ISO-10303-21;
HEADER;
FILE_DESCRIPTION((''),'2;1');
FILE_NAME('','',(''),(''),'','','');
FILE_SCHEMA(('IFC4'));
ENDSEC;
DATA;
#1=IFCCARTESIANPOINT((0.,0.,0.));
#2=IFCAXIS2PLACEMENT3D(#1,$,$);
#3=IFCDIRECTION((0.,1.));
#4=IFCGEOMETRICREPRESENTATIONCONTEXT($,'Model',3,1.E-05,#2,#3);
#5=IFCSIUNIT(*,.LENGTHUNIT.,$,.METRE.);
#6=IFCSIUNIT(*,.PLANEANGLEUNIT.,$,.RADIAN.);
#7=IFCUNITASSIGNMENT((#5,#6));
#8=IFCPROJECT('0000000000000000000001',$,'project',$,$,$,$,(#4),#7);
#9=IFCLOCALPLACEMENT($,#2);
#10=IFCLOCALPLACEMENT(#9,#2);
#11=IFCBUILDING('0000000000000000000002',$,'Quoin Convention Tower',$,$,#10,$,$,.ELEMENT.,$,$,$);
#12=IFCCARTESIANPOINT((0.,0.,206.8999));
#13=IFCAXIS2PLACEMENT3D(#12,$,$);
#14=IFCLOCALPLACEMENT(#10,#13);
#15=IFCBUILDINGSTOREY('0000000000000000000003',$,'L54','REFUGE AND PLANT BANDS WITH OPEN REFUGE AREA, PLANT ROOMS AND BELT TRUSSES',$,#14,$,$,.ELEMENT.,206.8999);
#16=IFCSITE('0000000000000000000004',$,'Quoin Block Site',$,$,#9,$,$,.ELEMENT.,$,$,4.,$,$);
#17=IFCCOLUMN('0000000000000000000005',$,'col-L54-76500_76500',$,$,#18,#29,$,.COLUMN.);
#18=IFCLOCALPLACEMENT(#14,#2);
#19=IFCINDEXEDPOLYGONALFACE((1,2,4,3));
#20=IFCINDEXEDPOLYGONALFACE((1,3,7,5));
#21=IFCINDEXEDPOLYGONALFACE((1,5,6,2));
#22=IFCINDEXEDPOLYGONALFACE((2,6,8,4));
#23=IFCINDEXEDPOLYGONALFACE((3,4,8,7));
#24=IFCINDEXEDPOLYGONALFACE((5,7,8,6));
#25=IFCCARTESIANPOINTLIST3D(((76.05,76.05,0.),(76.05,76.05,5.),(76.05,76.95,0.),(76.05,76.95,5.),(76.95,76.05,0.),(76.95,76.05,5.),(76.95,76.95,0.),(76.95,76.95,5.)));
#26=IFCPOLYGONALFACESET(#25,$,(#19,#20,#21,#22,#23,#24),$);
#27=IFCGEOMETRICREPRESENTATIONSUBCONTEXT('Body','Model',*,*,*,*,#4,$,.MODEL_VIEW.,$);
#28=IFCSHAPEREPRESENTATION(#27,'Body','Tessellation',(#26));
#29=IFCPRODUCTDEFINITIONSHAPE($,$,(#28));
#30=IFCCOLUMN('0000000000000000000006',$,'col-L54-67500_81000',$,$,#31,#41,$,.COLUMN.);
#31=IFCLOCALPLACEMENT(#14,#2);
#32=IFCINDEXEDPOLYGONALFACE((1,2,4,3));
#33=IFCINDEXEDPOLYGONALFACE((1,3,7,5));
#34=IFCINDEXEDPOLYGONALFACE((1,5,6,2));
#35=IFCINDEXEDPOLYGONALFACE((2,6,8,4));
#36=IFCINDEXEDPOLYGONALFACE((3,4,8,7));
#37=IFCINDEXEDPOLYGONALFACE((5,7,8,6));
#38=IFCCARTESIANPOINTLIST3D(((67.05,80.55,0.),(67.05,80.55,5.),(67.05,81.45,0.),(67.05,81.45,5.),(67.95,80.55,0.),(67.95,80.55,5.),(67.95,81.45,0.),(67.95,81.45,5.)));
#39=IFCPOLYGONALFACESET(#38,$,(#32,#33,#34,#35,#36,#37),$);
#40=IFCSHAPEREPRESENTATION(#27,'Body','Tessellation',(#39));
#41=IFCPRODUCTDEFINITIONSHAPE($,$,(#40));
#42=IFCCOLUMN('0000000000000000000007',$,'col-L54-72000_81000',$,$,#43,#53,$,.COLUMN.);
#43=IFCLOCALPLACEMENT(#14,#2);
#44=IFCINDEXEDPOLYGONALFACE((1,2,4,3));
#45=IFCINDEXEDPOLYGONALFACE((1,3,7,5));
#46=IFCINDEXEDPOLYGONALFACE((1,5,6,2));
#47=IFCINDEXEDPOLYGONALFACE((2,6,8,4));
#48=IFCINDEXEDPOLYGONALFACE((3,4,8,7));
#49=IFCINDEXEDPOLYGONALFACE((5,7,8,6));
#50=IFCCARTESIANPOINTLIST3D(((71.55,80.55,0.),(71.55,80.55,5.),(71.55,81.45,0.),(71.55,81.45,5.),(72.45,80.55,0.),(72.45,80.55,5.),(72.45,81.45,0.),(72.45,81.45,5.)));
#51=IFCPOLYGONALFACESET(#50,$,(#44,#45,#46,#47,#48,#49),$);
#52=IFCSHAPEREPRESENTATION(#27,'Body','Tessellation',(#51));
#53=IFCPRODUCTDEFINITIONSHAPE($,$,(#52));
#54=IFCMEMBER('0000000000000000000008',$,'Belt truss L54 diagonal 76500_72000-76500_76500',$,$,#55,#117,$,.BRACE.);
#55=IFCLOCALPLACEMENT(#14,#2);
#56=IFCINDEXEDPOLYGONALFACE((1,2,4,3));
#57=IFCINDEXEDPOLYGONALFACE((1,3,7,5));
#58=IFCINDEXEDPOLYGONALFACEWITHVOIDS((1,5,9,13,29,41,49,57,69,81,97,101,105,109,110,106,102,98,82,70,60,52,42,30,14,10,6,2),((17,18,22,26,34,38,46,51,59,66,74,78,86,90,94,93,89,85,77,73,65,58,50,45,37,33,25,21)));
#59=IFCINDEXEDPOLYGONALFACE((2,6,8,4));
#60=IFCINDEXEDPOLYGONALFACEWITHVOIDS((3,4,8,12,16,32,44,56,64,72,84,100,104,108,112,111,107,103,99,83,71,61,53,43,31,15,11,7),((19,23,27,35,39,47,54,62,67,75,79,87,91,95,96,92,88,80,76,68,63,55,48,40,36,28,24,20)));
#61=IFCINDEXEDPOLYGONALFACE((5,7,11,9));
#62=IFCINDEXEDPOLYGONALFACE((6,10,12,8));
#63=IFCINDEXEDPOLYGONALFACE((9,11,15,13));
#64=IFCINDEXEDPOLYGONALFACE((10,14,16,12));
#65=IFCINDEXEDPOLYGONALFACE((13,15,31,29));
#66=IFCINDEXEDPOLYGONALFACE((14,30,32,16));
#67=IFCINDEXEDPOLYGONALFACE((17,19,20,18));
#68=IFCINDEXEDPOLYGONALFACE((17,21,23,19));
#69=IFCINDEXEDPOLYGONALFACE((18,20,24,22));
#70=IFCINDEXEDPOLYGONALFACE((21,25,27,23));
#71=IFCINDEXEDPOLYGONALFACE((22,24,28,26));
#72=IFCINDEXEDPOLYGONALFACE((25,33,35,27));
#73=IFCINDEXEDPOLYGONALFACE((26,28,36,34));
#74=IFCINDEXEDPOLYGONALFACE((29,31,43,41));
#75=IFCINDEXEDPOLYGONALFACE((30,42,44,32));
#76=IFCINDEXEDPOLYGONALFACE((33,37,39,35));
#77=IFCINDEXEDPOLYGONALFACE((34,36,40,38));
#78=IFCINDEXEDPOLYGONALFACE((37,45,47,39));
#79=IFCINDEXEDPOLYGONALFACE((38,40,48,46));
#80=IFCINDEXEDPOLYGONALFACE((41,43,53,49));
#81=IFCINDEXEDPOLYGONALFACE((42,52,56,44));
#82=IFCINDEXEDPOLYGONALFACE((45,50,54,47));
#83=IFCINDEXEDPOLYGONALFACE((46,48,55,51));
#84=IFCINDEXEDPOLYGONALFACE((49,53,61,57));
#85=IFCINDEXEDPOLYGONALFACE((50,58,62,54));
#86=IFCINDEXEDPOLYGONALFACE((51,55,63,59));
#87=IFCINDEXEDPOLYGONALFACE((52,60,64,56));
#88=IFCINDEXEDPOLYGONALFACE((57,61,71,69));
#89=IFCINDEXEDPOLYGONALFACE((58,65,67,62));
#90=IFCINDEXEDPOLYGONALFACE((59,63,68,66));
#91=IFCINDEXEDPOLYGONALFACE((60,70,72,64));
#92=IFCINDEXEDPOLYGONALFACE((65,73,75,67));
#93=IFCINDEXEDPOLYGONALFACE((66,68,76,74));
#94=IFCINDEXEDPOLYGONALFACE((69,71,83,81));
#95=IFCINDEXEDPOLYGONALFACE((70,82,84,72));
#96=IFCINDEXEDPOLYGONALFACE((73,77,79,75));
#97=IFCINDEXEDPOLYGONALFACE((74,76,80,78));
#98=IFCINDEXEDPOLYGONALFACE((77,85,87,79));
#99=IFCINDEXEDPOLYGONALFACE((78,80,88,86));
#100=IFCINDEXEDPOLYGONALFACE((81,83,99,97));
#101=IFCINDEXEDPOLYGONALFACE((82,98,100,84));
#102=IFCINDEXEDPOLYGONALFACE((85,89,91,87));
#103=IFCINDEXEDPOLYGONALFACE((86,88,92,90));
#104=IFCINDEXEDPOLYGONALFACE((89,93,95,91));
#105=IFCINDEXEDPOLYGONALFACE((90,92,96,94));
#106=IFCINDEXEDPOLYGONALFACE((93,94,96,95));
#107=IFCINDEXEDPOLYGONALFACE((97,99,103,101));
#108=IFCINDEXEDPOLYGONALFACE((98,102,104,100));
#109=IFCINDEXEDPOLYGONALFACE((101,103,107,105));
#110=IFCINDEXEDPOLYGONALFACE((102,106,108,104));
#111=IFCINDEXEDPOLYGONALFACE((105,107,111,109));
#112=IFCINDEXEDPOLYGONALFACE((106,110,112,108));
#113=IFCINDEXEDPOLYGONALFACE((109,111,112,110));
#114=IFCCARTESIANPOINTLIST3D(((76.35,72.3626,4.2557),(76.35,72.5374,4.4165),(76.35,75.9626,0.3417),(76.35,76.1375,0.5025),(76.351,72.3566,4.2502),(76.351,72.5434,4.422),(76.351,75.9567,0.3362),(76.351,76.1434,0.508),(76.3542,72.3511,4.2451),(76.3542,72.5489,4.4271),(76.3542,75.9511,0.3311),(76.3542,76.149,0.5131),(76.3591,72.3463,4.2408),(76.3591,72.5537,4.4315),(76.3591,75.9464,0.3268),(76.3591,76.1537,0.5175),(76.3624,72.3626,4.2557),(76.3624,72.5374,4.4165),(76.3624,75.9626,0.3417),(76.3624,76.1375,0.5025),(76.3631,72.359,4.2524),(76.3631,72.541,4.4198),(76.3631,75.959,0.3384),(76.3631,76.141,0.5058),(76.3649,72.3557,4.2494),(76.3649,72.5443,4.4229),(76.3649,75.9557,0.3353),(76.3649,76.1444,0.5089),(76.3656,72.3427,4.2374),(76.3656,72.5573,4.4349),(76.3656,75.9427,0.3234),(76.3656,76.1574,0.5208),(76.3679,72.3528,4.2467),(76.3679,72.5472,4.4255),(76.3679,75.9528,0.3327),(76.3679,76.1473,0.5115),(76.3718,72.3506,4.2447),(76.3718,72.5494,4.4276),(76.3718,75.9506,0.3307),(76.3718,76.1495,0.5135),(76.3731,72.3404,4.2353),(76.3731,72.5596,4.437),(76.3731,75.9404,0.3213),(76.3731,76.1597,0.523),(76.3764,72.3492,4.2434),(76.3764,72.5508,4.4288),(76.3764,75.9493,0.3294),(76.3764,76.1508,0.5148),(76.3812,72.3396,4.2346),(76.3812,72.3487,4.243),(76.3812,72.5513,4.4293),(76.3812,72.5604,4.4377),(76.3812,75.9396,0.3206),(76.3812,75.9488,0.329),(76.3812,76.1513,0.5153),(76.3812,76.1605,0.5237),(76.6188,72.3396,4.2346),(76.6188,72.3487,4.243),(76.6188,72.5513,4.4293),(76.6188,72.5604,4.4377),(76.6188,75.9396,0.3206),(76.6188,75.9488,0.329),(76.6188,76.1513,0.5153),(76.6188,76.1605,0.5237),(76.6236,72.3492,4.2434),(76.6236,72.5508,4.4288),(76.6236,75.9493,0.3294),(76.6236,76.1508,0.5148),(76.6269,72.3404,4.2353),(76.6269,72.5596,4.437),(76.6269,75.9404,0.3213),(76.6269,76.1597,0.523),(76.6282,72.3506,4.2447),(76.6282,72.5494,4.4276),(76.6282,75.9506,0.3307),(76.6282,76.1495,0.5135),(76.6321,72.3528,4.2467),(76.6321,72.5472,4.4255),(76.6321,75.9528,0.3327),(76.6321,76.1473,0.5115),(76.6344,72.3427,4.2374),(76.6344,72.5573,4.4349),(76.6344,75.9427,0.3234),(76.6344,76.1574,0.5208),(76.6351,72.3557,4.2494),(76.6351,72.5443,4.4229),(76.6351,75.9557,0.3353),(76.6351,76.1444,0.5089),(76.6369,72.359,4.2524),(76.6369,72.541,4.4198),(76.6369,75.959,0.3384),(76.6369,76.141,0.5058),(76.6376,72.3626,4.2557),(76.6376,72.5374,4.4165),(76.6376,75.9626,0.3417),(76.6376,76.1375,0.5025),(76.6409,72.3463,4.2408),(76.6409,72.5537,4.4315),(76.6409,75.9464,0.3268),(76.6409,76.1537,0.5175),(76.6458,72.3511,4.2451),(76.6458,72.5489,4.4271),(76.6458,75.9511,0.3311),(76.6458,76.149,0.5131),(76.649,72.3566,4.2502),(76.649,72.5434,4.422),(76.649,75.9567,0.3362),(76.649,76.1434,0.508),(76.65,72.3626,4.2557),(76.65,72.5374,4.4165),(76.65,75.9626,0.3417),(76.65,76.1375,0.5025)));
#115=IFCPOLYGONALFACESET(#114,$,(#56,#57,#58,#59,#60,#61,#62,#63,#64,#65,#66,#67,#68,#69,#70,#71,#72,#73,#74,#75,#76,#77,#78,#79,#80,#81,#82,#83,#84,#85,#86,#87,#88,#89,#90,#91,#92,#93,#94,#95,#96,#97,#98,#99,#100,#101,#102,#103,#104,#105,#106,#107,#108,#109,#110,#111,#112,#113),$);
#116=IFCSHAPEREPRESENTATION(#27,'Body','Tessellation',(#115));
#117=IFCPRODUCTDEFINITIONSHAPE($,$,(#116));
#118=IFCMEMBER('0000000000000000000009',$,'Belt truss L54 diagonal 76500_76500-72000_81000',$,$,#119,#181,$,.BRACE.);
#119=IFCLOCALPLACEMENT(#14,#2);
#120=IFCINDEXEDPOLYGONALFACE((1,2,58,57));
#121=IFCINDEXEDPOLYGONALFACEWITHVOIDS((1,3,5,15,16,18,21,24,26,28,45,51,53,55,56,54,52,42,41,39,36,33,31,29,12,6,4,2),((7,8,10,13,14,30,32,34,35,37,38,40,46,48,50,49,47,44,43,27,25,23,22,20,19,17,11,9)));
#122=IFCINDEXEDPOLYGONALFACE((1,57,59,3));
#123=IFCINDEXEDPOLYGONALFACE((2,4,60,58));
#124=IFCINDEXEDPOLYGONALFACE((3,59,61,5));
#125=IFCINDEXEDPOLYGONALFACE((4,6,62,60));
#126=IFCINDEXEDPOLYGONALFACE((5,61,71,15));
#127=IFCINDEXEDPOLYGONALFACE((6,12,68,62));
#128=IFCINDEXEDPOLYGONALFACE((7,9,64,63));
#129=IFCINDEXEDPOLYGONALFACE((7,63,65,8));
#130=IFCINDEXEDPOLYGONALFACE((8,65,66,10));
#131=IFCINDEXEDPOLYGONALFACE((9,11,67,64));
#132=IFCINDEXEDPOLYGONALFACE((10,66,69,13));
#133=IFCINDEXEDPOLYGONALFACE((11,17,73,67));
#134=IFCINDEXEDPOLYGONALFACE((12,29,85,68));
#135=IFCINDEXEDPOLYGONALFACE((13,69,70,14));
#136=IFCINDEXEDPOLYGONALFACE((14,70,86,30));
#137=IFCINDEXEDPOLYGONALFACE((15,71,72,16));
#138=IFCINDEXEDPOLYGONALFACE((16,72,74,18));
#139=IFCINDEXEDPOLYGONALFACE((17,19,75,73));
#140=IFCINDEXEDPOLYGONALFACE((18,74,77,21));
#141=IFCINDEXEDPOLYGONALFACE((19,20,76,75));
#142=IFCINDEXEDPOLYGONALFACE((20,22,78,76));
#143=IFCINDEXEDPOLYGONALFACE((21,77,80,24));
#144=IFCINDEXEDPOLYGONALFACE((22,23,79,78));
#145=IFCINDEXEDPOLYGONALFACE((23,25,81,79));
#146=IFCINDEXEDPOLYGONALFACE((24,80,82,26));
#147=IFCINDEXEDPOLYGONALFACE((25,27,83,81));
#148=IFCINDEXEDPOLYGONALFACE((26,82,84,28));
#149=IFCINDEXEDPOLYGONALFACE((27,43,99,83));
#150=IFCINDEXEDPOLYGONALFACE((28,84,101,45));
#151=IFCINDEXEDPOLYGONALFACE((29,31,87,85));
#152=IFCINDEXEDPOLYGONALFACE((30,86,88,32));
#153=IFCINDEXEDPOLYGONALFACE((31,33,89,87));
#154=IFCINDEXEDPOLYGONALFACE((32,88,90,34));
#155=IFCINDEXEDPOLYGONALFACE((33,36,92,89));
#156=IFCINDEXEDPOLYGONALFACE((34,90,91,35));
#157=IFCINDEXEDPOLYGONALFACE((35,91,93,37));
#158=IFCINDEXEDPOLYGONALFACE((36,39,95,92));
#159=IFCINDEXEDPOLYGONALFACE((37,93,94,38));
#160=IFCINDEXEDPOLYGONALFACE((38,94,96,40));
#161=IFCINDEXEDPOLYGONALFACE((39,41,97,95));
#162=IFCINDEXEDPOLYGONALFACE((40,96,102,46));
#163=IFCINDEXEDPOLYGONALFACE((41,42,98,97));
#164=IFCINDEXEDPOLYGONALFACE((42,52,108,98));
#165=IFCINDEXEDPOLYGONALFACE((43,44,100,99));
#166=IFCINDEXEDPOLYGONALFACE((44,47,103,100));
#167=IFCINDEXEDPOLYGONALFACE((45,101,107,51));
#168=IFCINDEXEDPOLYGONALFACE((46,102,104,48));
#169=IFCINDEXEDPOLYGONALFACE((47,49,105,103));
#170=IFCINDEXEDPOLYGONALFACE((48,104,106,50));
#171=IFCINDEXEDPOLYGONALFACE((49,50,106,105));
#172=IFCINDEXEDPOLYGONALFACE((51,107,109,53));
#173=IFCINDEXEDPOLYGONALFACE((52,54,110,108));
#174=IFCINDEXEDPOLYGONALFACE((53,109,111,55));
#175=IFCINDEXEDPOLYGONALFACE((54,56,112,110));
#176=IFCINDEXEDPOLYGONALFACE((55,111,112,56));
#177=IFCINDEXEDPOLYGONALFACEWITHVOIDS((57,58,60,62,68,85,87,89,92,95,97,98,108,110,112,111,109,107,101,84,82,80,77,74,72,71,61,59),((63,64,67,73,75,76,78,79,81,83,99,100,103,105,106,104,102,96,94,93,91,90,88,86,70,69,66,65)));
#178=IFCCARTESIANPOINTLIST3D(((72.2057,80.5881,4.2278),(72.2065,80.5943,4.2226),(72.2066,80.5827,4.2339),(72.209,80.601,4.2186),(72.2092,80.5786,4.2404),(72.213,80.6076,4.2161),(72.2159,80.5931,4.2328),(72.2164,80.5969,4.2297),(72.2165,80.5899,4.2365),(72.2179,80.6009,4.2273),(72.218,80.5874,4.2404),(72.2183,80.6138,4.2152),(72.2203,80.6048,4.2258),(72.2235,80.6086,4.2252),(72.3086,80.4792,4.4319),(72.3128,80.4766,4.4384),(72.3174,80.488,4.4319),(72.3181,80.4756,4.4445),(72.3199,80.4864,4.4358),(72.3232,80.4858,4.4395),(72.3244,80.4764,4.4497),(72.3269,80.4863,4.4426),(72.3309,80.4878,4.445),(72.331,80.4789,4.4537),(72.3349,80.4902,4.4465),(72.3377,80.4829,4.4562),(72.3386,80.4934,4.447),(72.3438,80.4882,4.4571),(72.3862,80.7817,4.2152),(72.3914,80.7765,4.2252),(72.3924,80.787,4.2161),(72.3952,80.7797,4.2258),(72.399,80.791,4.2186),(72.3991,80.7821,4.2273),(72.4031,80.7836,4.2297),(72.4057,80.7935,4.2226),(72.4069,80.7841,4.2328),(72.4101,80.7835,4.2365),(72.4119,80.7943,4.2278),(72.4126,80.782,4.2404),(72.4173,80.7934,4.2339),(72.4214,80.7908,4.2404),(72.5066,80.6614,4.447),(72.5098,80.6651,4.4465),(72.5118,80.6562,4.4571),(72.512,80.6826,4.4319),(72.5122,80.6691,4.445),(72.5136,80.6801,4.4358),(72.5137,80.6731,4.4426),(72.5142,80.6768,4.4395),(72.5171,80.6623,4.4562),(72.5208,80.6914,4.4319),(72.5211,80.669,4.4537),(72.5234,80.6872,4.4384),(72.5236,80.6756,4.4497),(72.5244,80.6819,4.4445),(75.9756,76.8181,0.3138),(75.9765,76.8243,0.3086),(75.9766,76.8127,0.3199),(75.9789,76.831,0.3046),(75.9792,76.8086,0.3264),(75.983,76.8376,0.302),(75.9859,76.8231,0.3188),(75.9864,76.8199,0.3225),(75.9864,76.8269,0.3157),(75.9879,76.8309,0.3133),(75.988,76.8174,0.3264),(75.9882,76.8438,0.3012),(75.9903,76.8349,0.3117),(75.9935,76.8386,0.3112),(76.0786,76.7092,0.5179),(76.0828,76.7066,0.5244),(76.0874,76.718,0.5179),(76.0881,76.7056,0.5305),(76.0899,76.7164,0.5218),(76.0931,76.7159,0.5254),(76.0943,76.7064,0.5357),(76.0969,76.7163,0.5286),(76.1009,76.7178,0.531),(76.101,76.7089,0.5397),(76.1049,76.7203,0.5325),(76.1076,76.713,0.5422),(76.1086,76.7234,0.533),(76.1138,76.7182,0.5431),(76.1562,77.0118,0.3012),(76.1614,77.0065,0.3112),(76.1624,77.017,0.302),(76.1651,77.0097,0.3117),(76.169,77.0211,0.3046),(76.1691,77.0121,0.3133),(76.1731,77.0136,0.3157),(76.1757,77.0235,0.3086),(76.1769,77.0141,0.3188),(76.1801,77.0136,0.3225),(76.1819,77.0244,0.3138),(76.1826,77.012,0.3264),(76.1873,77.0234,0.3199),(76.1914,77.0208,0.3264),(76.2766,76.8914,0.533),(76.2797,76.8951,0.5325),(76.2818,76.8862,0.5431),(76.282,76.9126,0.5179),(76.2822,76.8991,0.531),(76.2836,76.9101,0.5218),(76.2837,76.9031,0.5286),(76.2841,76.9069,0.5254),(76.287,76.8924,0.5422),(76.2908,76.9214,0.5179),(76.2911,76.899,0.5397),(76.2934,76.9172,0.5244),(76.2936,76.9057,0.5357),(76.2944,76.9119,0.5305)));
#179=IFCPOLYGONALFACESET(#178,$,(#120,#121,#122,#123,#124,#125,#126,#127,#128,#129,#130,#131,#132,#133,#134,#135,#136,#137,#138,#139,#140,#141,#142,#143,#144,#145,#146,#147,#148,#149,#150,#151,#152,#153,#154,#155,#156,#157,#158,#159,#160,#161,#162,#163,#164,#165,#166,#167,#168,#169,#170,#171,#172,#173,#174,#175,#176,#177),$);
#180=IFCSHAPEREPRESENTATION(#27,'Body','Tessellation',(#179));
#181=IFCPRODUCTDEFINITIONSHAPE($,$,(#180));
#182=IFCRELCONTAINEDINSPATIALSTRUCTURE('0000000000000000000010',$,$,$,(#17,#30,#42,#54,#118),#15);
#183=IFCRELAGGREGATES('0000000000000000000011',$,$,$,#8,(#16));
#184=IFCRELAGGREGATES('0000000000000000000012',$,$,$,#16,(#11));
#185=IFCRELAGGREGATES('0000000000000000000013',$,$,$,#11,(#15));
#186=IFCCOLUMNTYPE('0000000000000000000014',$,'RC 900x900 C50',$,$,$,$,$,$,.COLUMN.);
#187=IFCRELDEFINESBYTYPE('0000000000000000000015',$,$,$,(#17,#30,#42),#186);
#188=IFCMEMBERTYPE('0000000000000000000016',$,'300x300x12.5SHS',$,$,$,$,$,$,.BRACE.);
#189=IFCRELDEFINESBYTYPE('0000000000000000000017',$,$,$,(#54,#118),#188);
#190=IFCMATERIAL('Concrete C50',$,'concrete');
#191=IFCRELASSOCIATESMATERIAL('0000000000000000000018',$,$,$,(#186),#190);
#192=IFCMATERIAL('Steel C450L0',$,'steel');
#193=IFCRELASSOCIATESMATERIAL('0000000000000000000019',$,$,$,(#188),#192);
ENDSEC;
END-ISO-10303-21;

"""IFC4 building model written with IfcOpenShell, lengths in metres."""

from ifc_helpers import new_model, si_unit, direction, frame, origin, origin_2d, place, context, subcontext, project, spatial, rectangle, hollow_rectangle, extrude, material, material_profile, profile_set, type_object, element, save


model = new_model("IFC4")

# Units and contexts
model_context = context("Model", 3, precision=1e-05, world=origin(), true_north=direction((0.0, 1.0)))
body_context = subcontext(model_context, "Body", "Model", "MODEL_VIEW")
ifc_project = project(units=[si_unit("LENGTHUNIT", "METRE"), si_unit("PLANEANGLEUNIT", "RADIAN")], contexts=[model_context])

# Site, building, storey
site_placement = place(None, origin())
site = spatial("IfcSite", under=ifc_project, at=site_placement, Name="Quoin Block Site", CompositionType="ELEMENT", RefElevation=4.0)
building_placement = place(site_placement, origin())
building = spatial("IfcBuilding", under=site, at=building_placement, Name="Quoin Convention Tower", CompositionType="ELEMENT")
storey_placement = place(building_placement, frame((0.0, 0.0, 206.8999)))
storey = spatial("IfcBuildingStorey", under=building, at=storey_placement, Name="L54", Description="REFUGE AND PLANT BANDS WITH OPEN REFUGE AREA, PLANT ROOMS AND BELT TRUSSES", CompositionType="ELEMENT", Elevation=206.8999)

# Columns
ifc_material_1 = material(Name="Concrete C50", Category="concrete")
ifc_material_profile_1 = material_profile(ifc_material_1, rectangle(XDim=0.8999, YDim=0.8999, at=origin_2d()), Name="RC 900x900")
ifc_profile_set_1 = profile_set([ifc_material_profile_1], Name="Concrete C50")
column_type = type_object("IfcColumnType", Name="RC 900x900 C50", PredefinedType="COLUMN", material=ifc_profile_set_1)
for number, where, z_axis, x_axis, name in (
    (1, (76.5, 76.5, 0.0), (0.0, 0.0, 1.0), (1.0, 0.0, 0.0), "col-L54-76500_76500"),
    (2, (67.5, 81.0, 0.0), (0.0, 0.0, 1.0), (1.0, 0.0, 0.0), "col-L54-67500_81000"),
    (3, (72.0, 81.0, 0.0), (0.0, 0.0, 1.0), (1.0, 0.0, 0.0), "col-L54-72000_81000"),
):
    element("IfcColumn", number, at=place(storey_placement, frame(where, z_axis=z_axis, x_axis=x_axis)), inside=storey, type_object=column_type, Name=name, PredefinedType="COLUMN", context=body_context, shape_type="SweptSolid", body=[
        extrude(rectangle(XDim=0.8999, YDim=0.8999, at=origin_2d()), origin(), (0.0, 0.0, 1.0), 5.0),
    ])

# Members
ifc_material_2 = material(Name="Steel C450L0", Category="steel")
ifc_material_profile_2 = material_profile(ifc_material_2, hollow_rectangle(XDim=0.3, YDim=0.3, WallThickness=0.0125, InnerFilletRadius=0.0188, OuterFilletRadius=0.0312, at=origin_2d()), Name="300x300x12.5SHS")
ifc_profile_set_2 = profile_set([ifc_material_profile_2], Name="Steel C450L0")
member_type_1 = type_object("IfcMemberType", Name="300x300x12.5SHS", PredefinedType="BRACE", material=ifc_profile_set_2)
member_1_placement = place(storey_placement, frame((76.5, 76.05, 0.4221), z_axis=(0.0, -0.676971, 0.73601), x_axis=(1.0, 0.0, 0.0)))
element("IfcMember", 4, at=member_1_placement, inside=storey, type_object=member_type_1, Name="Belt truss L54 diagonal 76500_72000-76500_76500", PredefinedType="BRACE", context=body_context, shape_type="SweptSolid", body=[
    extrude(hollow_rectangle(XDim=0.3, YDim=0.3, WallThickness=0.0125, InnerFilletRadius=0.0188, OuterFilletRadius=0.0312, at=origin_2d()), origin(), (0.0, 0.0, 1.0), 5.3179),
])
member_2_placement = place(storey_placement, frame((76.135, 76.865, 0.4221), z_axis=(-0.57, 0.57, 0.591778), x_axis=(-0.707107, -0.707107, 0.0)))
element("IfcMember", 5, at=member_2_placement, inside=storey, type_object=member_type_1, Name="Belt truss L54 diagonal 76500_76500-72000_81000", PredefinedType="BRACE", context=body_context, shape_type="SweptSolid", body=[
    extrude(hollow_rectangle(XDim=0.3, YDim=0.3, WallThickness=0.0125, InnerFilletRadius=0.0188, OuterFilletRadius=0.0312, at=origin_2d()), origin(), (0.0, 0.0, 1.0), 6.614),
])

save(model, "model.ifc")
